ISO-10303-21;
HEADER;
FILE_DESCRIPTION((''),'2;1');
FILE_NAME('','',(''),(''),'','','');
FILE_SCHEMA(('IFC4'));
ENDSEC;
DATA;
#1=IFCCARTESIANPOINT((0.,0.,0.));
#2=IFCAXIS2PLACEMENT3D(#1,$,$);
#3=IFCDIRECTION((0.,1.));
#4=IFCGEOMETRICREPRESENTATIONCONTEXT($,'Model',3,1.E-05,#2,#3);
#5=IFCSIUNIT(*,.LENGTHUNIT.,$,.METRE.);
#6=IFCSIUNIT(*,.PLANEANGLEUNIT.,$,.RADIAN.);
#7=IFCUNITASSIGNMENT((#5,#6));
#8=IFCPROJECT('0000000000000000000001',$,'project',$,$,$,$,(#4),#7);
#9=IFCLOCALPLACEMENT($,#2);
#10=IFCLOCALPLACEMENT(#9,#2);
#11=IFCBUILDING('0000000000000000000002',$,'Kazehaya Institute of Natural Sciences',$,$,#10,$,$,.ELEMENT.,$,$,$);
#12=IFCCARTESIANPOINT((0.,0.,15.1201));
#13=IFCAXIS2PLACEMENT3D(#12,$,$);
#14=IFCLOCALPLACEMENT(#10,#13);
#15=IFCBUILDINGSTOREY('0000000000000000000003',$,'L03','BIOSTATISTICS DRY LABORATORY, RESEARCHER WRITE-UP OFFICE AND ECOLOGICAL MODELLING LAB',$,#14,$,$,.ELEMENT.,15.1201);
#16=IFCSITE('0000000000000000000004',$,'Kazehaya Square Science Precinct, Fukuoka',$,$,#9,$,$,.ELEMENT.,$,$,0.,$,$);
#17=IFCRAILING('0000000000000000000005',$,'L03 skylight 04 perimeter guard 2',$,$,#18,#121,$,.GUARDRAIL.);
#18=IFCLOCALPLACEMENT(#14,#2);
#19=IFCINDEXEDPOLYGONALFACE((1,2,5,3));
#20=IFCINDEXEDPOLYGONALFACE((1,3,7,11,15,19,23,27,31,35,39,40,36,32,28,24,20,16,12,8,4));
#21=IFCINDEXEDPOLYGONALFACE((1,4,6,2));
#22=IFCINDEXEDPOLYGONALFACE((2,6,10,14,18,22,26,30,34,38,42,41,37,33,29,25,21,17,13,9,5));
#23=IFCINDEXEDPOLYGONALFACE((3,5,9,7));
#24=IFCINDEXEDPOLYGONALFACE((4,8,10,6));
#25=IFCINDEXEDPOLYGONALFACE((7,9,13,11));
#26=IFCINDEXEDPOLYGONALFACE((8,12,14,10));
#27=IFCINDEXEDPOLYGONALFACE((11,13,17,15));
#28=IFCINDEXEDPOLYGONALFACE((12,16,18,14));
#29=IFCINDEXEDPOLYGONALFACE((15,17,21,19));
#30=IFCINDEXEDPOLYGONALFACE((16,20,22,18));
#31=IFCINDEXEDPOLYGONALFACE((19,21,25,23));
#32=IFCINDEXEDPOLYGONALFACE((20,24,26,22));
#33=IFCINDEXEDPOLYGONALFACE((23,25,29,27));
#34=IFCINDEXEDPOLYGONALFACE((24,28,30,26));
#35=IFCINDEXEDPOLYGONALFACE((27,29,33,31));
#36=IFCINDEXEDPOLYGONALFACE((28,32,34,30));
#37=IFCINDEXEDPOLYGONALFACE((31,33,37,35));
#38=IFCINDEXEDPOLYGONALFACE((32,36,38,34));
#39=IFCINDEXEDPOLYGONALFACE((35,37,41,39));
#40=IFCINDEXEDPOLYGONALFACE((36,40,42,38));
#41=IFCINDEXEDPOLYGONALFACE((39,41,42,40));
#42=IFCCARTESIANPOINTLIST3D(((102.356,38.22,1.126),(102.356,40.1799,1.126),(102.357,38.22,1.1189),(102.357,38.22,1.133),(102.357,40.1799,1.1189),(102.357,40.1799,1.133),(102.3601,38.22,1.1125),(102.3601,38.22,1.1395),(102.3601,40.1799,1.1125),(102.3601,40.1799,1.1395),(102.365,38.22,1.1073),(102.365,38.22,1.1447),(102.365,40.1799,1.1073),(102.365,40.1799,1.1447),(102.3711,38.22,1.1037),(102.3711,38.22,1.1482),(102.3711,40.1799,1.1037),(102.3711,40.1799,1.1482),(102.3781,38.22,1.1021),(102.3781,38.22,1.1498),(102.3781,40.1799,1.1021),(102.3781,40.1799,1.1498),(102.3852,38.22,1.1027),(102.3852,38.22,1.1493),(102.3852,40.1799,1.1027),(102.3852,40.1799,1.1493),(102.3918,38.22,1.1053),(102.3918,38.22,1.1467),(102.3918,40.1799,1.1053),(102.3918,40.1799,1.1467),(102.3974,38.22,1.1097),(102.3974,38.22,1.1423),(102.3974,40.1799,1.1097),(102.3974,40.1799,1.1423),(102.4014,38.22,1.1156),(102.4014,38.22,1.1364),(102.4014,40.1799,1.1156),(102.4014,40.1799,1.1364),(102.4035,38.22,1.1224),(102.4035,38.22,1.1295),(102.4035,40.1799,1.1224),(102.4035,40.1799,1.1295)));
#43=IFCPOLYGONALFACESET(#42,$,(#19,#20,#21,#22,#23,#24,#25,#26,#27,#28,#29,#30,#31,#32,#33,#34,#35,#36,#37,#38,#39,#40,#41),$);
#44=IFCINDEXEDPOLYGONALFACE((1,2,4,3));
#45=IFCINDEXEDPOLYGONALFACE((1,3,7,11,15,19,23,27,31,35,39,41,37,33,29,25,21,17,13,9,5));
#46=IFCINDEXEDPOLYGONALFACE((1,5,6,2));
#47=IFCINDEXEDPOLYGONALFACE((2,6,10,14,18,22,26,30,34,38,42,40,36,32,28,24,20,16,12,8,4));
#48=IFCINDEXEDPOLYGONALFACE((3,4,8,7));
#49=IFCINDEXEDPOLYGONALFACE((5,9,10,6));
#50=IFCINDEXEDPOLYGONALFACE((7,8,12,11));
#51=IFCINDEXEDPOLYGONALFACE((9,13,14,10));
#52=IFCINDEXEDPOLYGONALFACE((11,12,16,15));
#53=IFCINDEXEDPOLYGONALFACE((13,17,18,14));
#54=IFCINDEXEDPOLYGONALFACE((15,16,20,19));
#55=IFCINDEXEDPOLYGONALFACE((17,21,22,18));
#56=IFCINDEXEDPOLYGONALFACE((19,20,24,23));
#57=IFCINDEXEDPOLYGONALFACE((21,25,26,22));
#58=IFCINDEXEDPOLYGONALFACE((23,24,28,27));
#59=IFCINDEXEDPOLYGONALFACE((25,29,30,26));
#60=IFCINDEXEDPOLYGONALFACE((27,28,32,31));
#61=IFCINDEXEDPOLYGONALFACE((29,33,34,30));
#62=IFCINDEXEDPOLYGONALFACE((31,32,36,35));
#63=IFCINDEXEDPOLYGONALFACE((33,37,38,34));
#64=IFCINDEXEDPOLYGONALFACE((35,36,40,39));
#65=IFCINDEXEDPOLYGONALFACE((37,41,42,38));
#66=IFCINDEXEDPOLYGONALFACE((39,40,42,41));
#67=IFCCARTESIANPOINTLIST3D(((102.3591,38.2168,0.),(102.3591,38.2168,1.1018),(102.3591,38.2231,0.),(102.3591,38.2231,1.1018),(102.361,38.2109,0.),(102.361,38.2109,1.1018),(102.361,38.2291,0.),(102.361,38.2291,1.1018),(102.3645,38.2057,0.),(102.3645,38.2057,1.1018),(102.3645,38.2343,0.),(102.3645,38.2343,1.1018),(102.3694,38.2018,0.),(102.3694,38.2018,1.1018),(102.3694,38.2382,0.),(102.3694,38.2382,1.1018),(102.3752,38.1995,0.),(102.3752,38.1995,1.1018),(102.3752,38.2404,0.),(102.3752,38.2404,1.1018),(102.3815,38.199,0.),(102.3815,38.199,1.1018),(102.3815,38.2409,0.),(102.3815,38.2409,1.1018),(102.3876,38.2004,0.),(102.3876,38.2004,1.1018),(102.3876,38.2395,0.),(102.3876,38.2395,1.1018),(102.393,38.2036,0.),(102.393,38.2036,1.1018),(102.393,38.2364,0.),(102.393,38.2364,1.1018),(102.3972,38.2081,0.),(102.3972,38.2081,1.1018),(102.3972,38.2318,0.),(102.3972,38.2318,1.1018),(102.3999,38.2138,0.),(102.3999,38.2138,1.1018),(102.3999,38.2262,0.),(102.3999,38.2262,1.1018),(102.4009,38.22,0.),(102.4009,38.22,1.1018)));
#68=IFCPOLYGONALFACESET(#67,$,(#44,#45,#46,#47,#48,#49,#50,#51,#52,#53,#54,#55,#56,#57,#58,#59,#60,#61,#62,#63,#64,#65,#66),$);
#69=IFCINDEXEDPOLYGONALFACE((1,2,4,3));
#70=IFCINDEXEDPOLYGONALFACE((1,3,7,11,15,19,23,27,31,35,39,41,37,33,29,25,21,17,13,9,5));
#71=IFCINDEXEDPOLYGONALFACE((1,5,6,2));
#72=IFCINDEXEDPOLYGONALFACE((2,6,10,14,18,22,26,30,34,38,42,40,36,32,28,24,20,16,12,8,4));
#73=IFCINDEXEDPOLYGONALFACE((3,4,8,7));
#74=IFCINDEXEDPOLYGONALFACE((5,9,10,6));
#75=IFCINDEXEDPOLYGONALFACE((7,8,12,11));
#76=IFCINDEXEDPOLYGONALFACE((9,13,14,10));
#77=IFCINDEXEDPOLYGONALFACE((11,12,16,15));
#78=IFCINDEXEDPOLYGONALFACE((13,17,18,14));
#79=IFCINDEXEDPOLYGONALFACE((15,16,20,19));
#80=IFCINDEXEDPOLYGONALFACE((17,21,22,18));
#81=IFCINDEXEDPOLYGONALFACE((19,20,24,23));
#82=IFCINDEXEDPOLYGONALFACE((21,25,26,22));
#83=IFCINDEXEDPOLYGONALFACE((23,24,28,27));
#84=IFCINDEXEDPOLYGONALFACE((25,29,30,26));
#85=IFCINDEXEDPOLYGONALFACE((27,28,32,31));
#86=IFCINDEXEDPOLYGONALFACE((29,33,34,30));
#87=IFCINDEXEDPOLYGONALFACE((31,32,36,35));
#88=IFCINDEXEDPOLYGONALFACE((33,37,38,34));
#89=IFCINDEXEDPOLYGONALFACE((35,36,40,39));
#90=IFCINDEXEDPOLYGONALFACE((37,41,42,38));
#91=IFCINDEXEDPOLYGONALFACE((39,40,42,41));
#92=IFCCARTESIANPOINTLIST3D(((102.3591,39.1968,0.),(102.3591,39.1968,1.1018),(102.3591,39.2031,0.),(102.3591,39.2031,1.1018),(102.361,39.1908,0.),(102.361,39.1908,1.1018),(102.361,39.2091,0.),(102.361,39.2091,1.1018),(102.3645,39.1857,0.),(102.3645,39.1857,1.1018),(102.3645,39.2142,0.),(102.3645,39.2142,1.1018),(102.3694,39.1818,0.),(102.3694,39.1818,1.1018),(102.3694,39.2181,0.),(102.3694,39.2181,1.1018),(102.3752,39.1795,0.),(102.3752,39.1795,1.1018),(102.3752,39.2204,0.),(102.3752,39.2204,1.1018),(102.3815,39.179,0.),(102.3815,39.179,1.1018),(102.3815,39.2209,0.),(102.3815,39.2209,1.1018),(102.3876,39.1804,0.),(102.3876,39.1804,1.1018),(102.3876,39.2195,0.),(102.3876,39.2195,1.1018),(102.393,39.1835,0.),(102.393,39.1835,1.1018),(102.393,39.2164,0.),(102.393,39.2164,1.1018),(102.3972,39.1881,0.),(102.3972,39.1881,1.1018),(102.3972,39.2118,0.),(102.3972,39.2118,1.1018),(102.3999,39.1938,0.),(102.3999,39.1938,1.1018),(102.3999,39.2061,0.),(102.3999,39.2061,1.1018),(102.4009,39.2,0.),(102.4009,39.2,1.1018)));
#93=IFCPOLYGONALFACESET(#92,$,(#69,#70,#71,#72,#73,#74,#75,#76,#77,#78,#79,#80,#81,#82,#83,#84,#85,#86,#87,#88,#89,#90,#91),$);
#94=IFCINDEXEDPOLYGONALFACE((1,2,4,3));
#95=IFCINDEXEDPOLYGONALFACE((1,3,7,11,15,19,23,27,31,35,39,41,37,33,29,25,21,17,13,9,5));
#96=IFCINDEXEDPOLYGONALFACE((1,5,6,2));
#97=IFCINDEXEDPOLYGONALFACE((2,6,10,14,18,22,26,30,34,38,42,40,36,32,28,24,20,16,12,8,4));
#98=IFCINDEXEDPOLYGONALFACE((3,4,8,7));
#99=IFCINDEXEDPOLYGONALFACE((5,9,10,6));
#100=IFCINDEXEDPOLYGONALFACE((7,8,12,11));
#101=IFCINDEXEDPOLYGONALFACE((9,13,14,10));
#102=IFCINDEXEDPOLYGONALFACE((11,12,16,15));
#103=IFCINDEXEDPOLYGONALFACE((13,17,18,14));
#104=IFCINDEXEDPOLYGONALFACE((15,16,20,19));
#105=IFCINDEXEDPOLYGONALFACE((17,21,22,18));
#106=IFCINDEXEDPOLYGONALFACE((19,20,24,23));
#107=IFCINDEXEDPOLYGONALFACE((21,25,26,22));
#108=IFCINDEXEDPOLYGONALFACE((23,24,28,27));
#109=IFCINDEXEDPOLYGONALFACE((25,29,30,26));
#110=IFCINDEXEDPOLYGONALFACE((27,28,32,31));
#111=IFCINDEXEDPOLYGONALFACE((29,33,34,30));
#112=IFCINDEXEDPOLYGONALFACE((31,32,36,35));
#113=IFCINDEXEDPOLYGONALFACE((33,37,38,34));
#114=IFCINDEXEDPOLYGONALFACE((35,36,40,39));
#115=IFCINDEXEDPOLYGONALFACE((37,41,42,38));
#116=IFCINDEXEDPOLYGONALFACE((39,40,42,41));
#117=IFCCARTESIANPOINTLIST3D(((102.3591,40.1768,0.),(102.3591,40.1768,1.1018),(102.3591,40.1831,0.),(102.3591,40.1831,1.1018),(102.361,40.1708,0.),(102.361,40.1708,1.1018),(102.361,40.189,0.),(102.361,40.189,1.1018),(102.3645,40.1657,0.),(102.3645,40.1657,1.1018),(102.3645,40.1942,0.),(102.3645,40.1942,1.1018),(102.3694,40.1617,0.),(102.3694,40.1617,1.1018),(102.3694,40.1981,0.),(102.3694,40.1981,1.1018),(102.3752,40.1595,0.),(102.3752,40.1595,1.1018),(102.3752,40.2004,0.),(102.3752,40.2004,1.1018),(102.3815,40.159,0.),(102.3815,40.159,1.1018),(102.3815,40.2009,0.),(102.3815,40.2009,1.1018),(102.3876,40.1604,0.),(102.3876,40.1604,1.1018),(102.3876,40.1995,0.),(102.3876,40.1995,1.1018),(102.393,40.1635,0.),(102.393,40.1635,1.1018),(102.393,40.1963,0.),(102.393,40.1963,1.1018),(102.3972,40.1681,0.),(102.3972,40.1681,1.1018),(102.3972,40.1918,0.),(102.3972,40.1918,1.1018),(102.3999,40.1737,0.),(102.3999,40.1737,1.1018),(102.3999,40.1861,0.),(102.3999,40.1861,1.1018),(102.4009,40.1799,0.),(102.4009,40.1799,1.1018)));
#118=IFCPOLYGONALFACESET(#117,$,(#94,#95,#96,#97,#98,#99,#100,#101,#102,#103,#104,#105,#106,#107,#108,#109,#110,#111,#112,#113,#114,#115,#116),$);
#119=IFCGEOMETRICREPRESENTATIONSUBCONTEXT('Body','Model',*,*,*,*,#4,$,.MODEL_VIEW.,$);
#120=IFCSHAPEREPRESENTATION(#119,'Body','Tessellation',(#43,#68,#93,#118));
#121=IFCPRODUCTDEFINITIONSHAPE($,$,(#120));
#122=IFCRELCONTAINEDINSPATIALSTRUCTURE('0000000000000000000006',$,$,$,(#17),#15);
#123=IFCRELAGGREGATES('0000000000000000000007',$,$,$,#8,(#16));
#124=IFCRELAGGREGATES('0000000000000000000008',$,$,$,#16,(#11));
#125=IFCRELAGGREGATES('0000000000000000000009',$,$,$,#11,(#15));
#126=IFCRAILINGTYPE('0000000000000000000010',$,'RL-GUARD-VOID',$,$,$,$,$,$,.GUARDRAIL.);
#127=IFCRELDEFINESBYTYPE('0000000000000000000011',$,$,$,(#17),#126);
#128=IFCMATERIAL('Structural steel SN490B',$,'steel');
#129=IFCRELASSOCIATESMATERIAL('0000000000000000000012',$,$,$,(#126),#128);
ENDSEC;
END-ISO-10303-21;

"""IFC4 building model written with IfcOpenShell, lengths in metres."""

from ifc_helpers import new_model, si_unit, direction, frame, origin, origin_2d, place, context, subcontext, project, spatial, circle, extrude, material, type_object, element, save


model = new_model("IFC4")

# Units and contexts
model_context = context("Model", 3, precision=1e-05, world=origin(), true_north=direction((0.0, 1.0)))
body_context = subcontext(model_context, "Body", "Model", "MODEL_VIEW")
ifc_project = project(units=[si_unit("LENGTHUNIT", "METRE"), si_unit("PLANEANGLEUNIT", "RADIAN")], contexts=[model_context])

# Site, building, storey
site_placement = place(None, origin())
site = spatial("IfcSite", under=ifc_project, at=site_placement, Name="Kazehaya Square Science Precinct, Fukuoka", CompositionType="ELEMENT", RefElevation=0.0)
building_placement = place(site_placement, origin())
building = spatial("IfcBuilding", under=site, at=building_placement, Name="Kazehaya Institute of Natural Sciences", CompositionType="ELEMENT")
storey_placement = place(building_placement, frame((0.0, 0.0, 15.1201)))
storey = spatial("IfcBuildingStorey", under=building, at=storey_placement, Name="L03", Description="BIOSTATISTICS DRY LABORATORY, RESEARCHER WRITE-UP OFFICE AND ECOLOGICAL MODELLING LAB", CompositionType="ELEMENT", Elevation=15.1201)

# Railing
ifc_material_1 = material(Name="Structural steel SN490B", Category="steel")
railing_type = type_object("IfcRailingType", Name="RL-GUARD-VOID", PredefinedType="GUARDRAIL", material=ifc_material_1)
railing_1_placement = place(storey_placement, frame((102.3799, 38.22, 0.0)))
element("IfcRailing", 1, at=railing_1_placement, inside=storey, type_object=railing_type, Name="L03 skylight 04 perimeter guard 2", PredefinedType="GUARDRAIL", context=body_context, shape_type="SweptSolid", body=[
    extrude(circle(Radius=0.0239, at=origin_2d()), frame((0.0, 0.0, 1.126), z_axis=(0.0, 1.0, 0.0), x_axis=(-1.0, 0.0, 0.0)), (0.0, 0.0, 1.0), 1.96),
    extrude(circle(Radius=0.021, at=origin_2d()), origin(), (0.0, 0.0, 1.0), 1.1018),
    extrude(circle(Radius=0.021, at=origin_2d()), frame((0.0, 0.98, 0.0)), (0.0, 0.0, 1.0), 1.1018),
    extrude(circle(Radius=0.021, at=origin_2d()), frame((0.0, 1.96, 0.0)), (0.0, 0.0, 1.0), 1.1018),
])

save(model, "model.ifc")
